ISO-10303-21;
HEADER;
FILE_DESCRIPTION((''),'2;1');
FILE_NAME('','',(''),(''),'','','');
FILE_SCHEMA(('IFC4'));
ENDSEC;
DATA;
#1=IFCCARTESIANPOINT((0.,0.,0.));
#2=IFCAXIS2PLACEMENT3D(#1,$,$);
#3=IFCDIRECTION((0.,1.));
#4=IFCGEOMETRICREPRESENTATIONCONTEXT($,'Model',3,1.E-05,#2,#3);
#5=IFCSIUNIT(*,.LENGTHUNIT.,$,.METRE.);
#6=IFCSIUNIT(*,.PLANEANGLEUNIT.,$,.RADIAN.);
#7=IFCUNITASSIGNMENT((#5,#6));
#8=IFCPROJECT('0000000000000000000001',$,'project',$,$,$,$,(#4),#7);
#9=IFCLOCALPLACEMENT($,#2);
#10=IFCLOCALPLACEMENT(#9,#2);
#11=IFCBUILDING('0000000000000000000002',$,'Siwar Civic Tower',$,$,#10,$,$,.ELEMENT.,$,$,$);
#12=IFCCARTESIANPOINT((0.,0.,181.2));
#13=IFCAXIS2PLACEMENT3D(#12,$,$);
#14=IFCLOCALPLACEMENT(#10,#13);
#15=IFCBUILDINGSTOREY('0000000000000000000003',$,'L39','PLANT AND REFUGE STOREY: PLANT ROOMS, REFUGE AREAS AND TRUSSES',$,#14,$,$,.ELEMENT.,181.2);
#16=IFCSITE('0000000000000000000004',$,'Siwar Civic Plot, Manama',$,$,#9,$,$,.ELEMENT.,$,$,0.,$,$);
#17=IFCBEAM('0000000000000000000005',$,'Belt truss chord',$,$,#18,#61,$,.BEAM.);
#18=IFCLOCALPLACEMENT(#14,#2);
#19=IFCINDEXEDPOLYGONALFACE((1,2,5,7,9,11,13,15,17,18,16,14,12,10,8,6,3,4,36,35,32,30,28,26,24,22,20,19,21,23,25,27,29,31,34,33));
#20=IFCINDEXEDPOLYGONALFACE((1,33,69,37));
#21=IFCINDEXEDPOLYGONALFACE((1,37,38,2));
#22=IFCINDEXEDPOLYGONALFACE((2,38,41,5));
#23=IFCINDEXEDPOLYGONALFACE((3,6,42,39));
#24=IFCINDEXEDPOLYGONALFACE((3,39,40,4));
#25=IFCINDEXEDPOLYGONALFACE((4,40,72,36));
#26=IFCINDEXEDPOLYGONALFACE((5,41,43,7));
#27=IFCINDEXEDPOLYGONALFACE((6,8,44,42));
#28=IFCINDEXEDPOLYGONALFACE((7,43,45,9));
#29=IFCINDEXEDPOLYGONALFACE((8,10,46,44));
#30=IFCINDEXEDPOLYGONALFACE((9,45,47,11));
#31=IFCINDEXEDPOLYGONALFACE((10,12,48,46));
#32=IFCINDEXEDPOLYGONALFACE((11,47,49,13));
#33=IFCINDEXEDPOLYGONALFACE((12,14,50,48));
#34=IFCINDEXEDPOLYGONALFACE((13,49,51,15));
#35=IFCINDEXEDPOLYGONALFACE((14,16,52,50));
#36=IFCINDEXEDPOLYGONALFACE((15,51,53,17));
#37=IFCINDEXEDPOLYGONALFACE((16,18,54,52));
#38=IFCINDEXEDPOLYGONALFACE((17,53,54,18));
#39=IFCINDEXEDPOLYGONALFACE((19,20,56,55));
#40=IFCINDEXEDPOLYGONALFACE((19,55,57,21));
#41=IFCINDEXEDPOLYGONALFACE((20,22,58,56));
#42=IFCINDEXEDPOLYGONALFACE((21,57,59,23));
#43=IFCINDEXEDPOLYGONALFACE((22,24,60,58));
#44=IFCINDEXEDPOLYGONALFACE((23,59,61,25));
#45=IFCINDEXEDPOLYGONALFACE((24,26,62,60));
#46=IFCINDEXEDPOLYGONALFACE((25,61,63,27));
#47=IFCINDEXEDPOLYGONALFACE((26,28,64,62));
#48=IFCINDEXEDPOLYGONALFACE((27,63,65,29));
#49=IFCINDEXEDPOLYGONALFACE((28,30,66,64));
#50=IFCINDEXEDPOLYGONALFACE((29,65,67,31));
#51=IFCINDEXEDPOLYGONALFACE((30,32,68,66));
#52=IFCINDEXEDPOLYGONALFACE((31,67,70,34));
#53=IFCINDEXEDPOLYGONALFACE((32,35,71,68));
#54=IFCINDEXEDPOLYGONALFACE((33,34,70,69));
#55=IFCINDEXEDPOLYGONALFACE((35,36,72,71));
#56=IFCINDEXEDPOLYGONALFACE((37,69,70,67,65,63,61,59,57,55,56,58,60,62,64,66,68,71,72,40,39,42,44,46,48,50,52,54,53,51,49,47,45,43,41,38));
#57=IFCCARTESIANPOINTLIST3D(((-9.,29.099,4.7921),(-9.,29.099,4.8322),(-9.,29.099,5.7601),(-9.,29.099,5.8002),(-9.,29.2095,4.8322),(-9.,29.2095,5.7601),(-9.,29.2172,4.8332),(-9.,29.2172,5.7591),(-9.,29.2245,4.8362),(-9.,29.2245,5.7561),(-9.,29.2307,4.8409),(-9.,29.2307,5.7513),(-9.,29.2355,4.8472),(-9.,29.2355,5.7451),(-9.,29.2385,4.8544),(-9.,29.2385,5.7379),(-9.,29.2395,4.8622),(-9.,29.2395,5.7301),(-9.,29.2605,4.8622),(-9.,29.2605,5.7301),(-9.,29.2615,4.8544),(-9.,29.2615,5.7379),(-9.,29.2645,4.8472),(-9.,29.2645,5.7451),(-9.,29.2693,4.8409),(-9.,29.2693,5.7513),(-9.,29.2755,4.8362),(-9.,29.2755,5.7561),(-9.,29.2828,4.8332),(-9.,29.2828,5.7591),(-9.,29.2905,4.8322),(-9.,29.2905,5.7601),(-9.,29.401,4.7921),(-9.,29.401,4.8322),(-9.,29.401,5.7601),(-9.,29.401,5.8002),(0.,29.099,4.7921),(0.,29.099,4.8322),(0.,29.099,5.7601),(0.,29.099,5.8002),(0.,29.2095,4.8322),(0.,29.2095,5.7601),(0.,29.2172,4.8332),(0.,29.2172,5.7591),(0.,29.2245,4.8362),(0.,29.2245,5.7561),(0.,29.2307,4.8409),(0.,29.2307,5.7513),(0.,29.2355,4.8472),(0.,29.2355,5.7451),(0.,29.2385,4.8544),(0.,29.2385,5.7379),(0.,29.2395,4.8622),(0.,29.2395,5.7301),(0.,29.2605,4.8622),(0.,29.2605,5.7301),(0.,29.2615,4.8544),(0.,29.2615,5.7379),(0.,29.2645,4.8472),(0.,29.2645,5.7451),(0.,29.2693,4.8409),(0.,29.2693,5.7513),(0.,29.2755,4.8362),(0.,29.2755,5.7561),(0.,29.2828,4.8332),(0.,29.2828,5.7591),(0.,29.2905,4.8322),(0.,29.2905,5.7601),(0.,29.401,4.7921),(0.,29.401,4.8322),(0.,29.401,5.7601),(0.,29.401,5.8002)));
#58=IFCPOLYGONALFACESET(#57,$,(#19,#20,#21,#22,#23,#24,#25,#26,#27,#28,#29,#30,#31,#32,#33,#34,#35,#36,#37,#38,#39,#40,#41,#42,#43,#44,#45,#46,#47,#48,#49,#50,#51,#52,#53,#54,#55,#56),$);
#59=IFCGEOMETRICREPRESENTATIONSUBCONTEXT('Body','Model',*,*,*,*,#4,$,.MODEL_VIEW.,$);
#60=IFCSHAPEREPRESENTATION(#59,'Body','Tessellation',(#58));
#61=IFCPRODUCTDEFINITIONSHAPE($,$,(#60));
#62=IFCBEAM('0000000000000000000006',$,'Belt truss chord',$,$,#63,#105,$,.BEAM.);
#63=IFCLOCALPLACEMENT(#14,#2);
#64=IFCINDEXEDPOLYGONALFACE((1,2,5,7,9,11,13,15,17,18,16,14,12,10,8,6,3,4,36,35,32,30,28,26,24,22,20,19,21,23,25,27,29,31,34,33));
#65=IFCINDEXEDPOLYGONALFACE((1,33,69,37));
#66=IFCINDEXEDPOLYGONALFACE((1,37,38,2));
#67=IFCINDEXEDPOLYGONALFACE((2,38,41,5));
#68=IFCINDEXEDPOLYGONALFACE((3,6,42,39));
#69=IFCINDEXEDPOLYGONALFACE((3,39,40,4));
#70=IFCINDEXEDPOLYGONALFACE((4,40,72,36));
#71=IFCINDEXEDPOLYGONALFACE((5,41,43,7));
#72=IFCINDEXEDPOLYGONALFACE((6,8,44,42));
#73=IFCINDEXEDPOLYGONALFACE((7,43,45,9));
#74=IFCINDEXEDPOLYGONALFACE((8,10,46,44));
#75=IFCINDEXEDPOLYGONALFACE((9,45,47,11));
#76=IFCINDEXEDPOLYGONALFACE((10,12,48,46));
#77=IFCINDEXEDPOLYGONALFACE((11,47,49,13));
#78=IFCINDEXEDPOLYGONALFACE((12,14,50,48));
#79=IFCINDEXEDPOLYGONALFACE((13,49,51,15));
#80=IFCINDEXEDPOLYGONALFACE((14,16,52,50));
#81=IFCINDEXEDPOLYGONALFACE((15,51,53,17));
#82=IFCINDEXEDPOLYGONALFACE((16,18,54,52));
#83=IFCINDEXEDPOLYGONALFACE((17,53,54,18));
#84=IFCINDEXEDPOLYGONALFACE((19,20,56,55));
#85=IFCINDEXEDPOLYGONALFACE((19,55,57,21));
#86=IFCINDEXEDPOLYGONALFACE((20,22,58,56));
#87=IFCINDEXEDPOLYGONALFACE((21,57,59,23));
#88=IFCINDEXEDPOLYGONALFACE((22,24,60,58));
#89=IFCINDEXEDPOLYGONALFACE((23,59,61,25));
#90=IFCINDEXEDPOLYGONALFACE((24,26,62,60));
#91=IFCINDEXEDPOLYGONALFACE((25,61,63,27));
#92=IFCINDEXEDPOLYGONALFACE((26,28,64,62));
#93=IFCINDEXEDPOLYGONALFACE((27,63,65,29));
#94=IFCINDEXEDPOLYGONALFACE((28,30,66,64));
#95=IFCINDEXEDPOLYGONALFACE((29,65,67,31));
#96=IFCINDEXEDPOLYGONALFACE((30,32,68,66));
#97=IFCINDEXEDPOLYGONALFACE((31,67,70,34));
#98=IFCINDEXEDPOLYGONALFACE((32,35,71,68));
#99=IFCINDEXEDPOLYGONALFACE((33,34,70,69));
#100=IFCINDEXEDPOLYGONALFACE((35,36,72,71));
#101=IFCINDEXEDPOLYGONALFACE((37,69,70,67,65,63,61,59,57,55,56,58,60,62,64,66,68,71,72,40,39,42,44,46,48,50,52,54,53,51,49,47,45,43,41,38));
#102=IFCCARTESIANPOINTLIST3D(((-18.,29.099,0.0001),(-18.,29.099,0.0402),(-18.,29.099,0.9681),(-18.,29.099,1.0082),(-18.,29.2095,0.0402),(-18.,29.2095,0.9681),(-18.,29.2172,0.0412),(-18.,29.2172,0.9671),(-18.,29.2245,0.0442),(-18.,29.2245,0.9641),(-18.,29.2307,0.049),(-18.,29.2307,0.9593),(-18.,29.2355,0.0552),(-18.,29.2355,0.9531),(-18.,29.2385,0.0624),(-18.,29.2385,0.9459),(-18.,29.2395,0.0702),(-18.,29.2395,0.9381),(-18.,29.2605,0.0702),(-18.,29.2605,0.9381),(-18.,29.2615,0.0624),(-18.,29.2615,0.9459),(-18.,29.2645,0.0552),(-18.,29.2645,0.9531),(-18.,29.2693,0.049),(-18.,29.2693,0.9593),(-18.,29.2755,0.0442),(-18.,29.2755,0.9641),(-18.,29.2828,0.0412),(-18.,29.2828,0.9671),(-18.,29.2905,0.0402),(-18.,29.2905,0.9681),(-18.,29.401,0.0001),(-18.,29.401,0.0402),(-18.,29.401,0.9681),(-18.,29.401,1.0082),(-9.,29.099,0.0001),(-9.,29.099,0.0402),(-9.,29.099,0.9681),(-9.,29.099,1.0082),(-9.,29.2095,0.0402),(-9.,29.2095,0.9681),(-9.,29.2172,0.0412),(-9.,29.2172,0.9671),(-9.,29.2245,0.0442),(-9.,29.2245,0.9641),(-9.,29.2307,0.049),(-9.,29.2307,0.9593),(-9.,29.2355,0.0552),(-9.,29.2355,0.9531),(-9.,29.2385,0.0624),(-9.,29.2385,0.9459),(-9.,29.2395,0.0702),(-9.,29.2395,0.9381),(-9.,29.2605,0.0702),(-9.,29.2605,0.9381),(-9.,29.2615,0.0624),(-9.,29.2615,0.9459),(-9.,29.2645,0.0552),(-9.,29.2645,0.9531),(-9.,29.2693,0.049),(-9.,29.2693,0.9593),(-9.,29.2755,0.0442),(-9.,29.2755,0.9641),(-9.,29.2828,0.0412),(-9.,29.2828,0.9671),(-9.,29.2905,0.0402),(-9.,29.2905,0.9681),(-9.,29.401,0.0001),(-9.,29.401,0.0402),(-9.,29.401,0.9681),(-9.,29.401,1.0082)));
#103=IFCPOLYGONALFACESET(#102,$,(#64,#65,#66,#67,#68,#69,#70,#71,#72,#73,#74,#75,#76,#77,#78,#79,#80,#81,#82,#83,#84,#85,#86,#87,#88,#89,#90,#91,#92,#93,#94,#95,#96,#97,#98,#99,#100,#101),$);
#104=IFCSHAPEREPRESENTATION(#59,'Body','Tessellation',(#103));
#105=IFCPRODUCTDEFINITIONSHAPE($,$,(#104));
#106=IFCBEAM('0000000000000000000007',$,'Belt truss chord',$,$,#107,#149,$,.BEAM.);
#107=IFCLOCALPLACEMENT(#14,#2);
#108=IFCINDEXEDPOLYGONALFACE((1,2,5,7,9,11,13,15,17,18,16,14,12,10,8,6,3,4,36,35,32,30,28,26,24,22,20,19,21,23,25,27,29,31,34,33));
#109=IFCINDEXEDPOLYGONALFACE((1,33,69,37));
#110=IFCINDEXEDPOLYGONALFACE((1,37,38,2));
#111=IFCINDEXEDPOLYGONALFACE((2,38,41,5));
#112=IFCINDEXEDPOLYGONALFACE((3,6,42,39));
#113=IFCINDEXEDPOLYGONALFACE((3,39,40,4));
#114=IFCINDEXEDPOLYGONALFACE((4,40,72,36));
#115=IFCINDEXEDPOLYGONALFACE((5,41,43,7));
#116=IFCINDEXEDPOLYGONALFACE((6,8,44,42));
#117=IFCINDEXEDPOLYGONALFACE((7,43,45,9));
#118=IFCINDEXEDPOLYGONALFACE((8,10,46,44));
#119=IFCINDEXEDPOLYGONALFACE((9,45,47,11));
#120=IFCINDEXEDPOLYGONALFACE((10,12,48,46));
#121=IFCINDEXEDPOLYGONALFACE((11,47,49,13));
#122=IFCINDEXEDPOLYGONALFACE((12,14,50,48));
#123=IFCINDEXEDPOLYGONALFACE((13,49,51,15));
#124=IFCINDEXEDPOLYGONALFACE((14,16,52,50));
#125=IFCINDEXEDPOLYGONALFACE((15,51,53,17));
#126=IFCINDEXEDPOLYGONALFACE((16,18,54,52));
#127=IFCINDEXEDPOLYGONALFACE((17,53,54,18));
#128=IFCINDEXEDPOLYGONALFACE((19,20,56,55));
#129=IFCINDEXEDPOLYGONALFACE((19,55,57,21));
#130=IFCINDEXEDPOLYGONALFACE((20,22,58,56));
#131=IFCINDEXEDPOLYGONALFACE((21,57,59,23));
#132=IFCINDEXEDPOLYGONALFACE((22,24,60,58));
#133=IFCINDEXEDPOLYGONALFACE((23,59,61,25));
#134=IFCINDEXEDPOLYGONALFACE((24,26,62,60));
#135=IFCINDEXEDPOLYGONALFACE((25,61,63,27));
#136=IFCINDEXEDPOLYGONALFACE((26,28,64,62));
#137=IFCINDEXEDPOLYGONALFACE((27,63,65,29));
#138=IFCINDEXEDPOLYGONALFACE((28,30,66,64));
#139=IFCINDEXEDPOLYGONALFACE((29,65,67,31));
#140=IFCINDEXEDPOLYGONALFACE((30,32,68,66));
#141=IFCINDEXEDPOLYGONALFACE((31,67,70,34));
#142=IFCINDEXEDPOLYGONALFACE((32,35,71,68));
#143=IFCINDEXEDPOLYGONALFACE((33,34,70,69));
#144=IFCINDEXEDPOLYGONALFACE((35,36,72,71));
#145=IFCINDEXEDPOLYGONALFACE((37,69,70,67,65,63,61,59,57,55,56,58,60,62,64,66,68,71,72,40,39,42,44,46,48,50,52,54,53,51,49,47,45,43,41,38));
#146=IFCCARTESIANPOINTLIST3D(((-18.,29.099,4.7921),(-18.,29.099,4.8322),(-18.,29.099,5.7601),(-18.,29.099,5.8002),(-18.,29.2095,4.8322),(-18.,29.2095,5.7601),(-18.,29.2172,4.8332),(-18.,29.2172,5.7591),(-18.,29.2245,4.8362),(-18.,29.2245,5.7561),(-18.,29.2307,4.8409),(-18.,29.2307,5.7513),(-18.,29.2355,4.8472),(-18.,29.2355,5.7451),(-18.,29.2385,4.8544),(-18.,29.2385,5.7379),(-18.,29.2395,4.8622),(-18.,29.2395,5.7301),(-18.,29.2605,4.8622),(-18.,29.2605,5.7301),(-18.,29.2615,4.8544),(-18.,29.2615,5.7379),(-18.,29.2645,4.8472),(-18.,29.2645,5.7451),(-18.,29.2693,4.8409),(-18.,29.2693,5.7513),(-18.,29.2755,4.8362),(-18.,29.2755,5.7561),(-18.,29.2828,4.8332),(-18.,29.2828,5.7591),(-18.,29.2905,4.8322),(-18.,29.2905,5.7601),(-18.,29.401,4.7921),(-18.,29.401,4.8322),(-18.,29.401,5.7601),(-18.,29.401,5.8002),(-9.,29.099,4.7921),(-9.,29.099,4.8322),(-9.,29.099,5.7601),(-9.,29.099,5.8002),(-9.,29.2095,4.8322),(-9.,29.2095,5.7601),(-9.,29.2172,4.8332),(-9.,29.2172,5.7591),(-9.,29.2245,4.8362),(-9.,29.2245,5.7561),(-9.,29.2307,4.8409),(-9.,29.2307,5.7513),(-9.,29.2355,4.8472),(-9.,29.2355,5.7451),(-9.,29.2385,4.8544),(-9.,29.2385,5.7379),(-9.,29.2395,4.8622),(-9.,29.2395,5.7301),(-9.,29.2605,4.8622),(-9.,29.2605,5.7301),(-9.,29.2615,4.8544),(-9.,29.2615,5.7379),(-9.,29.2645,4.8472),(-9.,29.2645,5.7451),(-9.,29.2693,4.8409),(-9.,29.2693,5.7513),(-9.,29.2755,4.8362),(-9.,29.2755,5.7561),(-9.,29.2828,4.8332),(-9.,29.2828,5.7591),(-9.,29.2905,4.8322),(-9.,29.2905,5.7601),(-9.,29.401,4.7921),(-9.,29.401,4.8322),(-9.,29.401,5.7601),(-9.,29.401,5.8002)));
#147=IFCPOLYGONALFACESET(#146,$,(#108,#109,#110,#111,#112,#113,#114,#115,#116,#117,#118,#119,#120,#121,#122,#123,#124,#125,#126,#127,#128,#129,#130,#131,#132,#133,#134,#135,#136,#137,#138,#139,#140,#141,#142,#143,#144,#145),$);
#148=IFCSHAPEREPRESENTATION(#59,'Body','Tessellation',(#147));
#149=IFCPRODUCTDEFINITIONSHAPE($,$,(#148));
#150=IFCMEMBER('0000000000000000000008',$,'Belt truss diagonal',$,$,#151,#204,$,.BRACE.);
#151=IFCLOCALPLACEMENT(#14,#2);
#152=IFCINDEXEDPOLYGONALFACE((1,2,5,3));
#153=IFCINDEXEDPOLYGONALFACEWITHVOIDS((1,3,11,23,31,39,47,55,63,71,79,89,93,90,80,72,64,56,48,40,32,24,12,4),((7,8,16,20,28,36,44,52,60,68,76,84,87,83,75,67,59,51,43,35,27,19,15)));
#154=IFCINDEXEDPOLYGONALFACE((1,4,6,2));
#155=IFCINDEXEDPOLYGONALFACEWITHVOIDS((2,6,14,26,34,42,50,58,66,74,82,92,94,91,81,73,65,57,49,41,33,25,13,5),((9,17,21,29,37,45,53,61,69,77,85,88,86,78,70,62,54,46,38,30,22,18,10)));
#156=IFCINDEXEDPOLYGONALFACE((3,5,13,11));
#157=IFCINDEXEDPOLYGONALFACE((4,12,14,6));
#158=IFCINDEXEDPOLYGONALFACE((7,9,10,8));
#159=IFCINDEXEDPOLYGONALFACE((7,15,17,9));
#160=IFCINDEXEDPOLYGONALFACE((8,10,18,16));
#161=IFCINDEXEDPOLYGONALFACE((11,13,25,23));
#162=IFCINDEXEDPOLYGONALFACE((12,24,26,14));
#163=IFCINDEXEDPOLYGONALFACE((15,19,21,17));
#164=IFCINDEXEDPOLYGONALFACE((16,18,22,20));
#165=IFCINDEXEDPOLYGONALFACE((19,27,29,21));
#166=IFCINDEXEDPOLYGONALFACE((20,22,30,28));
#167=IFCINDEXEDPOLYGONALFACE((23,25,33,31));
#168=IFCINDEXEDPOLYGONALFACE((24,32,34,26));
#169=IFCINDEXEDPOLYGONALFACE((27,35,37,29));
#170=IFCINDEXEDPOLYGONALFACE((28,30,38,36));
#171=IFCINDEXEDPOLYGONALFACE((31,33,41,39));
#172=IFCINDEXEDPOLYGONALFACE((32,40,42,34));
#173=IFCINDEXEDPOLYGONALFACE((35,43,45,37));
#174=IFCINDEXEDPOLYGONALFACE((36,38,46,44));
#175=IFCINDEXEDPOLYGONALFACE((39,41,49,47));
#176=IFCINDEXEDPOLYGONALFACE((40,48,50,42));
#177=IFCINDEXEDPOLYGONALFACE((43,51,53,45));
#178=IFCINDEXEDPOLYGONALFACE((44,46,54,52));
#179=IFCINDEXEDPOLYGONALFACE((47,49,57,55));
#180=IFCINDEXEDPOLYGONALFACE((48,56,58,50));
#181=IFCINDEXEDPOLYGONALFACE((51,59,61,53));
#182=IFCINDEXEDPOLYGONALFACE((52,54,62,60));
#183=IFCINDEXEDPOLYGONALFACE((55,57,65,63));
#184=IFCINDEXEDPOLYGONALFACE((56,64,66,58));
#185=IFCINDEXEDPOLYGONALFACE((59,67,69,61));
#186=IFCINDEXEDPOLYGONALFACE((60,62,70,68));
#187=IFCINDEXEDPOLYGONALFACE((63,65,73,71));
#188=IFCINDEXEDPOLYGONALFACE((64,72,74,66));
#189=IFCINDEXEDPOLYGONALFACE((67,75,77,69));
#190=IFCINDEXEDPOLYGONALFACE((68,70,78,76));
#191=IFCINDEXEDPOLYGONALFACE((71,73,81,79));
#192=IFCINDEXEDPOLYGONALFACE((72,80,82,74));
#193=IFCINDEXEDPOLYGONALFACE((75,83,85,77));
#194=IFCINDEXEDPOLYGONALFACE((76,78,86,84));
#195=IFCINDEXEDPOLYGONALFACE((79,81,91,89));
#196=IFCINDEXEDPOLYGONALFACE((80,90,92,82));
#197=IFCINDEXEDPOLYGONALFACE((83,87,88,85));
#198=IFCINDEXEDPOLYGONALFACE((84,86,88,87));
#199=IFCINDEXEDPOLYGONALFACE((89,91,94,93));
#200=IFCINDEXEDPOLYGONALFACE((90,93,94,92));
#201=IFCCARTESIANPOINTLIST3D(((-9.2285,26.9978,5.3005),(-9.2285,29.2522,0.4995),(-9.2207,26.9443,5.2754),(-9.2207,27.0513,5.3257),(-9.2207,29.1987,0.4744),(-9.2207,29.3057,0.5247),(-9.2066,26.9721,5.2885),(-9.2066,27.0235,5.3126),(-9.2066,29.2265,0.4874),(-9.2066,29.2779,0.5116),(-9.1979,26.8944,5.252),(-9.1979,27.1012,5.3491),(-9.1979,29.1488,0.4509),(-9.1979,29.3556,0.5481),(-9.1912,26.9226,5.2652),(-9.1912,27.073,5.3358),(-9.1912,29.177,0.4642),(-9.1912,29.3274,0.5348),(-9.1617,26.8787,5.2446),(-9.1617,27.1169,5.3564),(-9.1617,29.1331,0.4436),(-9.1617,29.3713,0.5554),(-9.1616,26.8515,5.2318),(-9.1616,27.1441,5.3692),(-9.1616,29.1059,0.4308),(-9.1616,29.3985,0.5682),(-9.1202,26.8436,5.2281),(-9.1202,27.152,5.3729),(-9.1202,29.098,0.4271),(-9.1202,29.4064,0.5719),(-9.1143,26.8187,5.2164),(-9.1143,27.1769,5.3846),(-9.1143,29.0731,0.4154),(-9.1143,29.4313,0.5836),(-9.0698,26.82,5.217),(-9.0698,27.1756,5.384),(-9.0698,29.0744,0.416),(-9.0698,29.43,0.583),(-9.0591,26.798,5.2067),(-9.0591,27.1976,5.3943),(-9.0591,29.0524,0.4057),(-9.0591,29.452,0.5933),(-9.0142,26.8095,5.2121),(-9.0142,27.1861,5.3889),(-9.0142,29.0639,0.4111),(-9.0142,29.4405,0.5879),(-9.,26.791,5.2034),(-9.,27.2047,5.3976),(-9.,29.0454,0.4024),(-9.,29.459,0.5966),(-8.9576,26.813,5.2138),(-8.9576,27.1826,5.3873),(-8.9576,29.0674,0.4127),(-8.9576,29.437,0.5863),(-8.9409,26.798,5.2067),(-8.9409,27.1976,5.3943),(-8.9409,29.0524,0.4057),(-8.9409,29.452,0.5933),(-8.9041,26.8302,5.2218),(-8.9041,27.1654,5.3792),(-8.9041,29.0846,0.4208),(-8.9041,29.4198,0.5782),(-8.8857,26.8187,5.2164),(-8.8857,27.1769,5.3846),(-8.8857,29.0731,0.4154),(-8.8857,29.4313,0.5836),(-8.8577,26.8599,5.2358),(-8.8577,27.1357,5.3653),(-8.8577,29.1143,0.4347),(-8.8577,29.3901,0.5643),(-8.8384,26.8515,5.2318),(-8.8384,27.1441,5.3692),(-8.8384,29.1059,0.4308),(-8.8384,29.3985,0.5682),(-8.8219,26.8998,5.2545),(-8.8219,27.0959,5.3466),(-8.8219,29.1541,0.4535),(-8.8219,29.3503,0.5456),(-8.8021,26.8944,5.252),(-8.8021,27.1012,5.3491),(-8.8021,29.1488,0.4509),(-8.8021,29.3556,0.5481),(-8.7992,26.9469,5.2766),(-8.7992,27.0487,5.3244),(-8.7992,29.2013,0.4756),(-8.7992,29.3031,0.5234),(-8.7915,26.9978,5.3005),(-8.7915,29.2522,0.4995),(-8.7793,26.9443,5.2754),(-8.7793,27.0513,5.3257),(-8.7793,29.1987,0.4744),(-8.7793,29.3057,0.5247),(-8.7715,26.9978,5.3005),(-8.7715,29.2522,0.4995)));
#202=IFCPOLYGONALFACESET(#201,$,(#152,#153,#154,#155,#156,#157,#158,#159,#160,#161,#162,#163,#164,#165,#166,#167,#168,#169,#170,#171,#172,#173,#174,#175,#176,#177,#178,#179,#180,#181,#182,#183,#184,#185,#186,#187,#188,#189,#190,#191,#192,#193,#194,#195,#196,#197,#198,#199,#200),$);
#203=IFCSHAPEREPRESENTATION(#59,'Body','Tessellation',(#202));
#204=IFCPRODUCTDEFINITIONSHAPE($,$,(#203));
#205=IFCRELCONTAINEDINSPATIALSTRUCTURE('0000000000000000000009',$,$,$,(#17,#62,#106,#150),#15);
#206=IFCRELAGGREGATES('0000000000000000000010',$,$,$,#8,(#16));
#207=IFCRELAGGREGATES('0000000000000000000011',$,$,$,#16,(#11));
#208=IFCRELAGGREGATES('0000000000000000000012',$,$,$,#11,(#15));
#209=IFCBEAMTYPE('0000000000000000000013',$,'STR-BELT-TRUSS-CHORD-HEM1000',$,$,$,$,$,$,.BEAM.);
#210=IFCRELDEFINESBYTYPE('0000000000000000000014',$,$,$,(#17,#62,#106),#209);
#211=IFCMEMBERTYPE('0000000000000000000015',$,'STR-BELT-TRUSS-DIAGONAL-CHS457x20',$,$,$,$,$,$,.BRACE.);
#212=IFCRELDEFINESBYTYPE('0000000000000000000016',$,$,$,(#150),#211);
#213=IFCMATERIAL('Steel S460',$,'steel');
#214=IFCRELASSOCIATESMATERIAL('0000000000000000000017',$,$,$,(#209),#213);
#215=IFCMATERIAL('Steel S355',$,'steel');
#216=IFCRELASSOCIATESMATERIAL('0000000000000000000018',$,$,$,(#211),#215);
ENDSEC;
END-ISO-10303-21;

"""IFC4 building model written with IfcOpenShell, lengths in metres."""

from ifc_helpers import new_model, si_unit, direction, frame, origin, origin_2d, place, context, subcontext, project, spatial, hollow_circle, i_section, extrude, material, material_profile, profile_set, type_object, element, save


model = new_model("IFC4")

# Units and contexts
model_context = context("Model", 3, precision=1e-05, world=origin(), true_north=direction((0.0, 1.0)))
body_context = subcontext(model_context, "Body", "Model", "MODEL_VIEW")
ifc_project = project(units=[si_unit("LENGTHUNIT", "METRE"), si_unit("PLANEANGLEUNIT", "RADIAN")], contexts=[model_context])

# Site, building, storey
site_placement = place(None, origin())
site = spatial("IfcSite", under=ifc_project, at=site_placement, Name="Siwar Civic Plot, Manama", CompositionType="ELEMENT", RefElevation=0.0)
building_placement = place(site_placement, origin())
building = spatial("IfcBuilding", under=site, at=building_placement, Name="Siwar Civic Tower", CompositionType="ELEMENT")
storey_placement = place(building_placement, frame((0.0, 0.0, 181.2)))
storey = spatial("IfcBuildingStorey", under=building, at=storey_placement, Name="L39", Description="PLANT AND REFUGE STOREY: PLANT ROOMS, REFUGE AREAS AND TRUSSES", CompositionType="ELEMENT", Elevation=181.2)

# Beams
ifc_material_1 = material(Name="Steel S460", Category="steel")
ifc_material_profile_1 = material_profile(ifc_material_1, i_section(OverallWidth=0.302, OverallDepth=1.0081, WebThickness=0.021, FlangeThickness=0.04, FilletRadius=0.03, at=origin_2d()), Name="HEM1000")
ifc_profile_set_1 = profile_set([ifc_material_profile_1], Name="Steel S460")
beam_type_1 = type_object("IfcBeamType", Name="STR-BELT-TRUSS-CHORD-HEM1000", PredefinedType="BEAM", material=ifc_profile_set_1)
for number, where, z_axis, x_axis, name in (
    (1, (0.0, 29.25, 5.2961), (-1.0, 0.0, 0.0), (0.0, -1.0, 0.0), "Belt truss chord"),
    (2, (-9.0, 29.25, 0.5042), (-1.0, 0.0, 0.0), (0.0, -1.0, 0.0), "Belt truss chord"),
    (3, (-9.0, 29.25, 5.2961), (-1.0, 0.0, 0.0), (0.0, -1.0, 0.0), "Belt truss chord"),
):
    element("IfcBeam", number, at=place(storey_placement, frame(where, z_axis=z_axis, x_axis=x_axis)), inside=storey, type_object=beam_type_1, Name=name, PredefinedType="BEAM", context=body_context, shape_type="SweptSolid", body=[
        extrude(i_section(OverallWidth=0.302, OverallDepth=1.0081, WebThickness=0.021, FlangeThickness=0.04, FilletRadius=0.03, at=origin_2d()), origin(), (0.0, 0.0, 1.0), 9.0),
    ])

# Member
ifc_material_2 = material(Name="Steel S355", Category="steel")
ifc_material_profile_2 = material_profile(ifc_material_2, hollow_circle(Radius=0.2285, WallThickness=0.02, at=origin_2d()), Name="CHS457x20")
ifc_profile_set_2 = profile_set([ifc_material_profile_2], Name="Steel S355")
member_type_1 = type_object("IfcMemberType", Name="STR-BELT-TRUSS-DIAGONAL-CHS457x20", PredefinedType="BRACE", material=ifc_profile_set_2)
member_1_placement = place(storey_placement, frame((-9.0, 29.2522, 0.4995), z_axis=(0.0, -0.425039, 0.905175), x_axis=(1.0, 0.0, 0.0)))
element("IfcMember", 4, at=member_1_placement, inside=storey, type_object=member_type_1, Name="Belt truss diagonal", PredefinedType="BRACE", context=body_context, shape_type="SweptSolid", body=[
    extrude(hollow_circle(Radius=0.2285, WallThickness=0.02, at=origin_2d()), origin(), (0.0, 0.0, 1.0), 5.304),
])

save(model, "model.ifc")
